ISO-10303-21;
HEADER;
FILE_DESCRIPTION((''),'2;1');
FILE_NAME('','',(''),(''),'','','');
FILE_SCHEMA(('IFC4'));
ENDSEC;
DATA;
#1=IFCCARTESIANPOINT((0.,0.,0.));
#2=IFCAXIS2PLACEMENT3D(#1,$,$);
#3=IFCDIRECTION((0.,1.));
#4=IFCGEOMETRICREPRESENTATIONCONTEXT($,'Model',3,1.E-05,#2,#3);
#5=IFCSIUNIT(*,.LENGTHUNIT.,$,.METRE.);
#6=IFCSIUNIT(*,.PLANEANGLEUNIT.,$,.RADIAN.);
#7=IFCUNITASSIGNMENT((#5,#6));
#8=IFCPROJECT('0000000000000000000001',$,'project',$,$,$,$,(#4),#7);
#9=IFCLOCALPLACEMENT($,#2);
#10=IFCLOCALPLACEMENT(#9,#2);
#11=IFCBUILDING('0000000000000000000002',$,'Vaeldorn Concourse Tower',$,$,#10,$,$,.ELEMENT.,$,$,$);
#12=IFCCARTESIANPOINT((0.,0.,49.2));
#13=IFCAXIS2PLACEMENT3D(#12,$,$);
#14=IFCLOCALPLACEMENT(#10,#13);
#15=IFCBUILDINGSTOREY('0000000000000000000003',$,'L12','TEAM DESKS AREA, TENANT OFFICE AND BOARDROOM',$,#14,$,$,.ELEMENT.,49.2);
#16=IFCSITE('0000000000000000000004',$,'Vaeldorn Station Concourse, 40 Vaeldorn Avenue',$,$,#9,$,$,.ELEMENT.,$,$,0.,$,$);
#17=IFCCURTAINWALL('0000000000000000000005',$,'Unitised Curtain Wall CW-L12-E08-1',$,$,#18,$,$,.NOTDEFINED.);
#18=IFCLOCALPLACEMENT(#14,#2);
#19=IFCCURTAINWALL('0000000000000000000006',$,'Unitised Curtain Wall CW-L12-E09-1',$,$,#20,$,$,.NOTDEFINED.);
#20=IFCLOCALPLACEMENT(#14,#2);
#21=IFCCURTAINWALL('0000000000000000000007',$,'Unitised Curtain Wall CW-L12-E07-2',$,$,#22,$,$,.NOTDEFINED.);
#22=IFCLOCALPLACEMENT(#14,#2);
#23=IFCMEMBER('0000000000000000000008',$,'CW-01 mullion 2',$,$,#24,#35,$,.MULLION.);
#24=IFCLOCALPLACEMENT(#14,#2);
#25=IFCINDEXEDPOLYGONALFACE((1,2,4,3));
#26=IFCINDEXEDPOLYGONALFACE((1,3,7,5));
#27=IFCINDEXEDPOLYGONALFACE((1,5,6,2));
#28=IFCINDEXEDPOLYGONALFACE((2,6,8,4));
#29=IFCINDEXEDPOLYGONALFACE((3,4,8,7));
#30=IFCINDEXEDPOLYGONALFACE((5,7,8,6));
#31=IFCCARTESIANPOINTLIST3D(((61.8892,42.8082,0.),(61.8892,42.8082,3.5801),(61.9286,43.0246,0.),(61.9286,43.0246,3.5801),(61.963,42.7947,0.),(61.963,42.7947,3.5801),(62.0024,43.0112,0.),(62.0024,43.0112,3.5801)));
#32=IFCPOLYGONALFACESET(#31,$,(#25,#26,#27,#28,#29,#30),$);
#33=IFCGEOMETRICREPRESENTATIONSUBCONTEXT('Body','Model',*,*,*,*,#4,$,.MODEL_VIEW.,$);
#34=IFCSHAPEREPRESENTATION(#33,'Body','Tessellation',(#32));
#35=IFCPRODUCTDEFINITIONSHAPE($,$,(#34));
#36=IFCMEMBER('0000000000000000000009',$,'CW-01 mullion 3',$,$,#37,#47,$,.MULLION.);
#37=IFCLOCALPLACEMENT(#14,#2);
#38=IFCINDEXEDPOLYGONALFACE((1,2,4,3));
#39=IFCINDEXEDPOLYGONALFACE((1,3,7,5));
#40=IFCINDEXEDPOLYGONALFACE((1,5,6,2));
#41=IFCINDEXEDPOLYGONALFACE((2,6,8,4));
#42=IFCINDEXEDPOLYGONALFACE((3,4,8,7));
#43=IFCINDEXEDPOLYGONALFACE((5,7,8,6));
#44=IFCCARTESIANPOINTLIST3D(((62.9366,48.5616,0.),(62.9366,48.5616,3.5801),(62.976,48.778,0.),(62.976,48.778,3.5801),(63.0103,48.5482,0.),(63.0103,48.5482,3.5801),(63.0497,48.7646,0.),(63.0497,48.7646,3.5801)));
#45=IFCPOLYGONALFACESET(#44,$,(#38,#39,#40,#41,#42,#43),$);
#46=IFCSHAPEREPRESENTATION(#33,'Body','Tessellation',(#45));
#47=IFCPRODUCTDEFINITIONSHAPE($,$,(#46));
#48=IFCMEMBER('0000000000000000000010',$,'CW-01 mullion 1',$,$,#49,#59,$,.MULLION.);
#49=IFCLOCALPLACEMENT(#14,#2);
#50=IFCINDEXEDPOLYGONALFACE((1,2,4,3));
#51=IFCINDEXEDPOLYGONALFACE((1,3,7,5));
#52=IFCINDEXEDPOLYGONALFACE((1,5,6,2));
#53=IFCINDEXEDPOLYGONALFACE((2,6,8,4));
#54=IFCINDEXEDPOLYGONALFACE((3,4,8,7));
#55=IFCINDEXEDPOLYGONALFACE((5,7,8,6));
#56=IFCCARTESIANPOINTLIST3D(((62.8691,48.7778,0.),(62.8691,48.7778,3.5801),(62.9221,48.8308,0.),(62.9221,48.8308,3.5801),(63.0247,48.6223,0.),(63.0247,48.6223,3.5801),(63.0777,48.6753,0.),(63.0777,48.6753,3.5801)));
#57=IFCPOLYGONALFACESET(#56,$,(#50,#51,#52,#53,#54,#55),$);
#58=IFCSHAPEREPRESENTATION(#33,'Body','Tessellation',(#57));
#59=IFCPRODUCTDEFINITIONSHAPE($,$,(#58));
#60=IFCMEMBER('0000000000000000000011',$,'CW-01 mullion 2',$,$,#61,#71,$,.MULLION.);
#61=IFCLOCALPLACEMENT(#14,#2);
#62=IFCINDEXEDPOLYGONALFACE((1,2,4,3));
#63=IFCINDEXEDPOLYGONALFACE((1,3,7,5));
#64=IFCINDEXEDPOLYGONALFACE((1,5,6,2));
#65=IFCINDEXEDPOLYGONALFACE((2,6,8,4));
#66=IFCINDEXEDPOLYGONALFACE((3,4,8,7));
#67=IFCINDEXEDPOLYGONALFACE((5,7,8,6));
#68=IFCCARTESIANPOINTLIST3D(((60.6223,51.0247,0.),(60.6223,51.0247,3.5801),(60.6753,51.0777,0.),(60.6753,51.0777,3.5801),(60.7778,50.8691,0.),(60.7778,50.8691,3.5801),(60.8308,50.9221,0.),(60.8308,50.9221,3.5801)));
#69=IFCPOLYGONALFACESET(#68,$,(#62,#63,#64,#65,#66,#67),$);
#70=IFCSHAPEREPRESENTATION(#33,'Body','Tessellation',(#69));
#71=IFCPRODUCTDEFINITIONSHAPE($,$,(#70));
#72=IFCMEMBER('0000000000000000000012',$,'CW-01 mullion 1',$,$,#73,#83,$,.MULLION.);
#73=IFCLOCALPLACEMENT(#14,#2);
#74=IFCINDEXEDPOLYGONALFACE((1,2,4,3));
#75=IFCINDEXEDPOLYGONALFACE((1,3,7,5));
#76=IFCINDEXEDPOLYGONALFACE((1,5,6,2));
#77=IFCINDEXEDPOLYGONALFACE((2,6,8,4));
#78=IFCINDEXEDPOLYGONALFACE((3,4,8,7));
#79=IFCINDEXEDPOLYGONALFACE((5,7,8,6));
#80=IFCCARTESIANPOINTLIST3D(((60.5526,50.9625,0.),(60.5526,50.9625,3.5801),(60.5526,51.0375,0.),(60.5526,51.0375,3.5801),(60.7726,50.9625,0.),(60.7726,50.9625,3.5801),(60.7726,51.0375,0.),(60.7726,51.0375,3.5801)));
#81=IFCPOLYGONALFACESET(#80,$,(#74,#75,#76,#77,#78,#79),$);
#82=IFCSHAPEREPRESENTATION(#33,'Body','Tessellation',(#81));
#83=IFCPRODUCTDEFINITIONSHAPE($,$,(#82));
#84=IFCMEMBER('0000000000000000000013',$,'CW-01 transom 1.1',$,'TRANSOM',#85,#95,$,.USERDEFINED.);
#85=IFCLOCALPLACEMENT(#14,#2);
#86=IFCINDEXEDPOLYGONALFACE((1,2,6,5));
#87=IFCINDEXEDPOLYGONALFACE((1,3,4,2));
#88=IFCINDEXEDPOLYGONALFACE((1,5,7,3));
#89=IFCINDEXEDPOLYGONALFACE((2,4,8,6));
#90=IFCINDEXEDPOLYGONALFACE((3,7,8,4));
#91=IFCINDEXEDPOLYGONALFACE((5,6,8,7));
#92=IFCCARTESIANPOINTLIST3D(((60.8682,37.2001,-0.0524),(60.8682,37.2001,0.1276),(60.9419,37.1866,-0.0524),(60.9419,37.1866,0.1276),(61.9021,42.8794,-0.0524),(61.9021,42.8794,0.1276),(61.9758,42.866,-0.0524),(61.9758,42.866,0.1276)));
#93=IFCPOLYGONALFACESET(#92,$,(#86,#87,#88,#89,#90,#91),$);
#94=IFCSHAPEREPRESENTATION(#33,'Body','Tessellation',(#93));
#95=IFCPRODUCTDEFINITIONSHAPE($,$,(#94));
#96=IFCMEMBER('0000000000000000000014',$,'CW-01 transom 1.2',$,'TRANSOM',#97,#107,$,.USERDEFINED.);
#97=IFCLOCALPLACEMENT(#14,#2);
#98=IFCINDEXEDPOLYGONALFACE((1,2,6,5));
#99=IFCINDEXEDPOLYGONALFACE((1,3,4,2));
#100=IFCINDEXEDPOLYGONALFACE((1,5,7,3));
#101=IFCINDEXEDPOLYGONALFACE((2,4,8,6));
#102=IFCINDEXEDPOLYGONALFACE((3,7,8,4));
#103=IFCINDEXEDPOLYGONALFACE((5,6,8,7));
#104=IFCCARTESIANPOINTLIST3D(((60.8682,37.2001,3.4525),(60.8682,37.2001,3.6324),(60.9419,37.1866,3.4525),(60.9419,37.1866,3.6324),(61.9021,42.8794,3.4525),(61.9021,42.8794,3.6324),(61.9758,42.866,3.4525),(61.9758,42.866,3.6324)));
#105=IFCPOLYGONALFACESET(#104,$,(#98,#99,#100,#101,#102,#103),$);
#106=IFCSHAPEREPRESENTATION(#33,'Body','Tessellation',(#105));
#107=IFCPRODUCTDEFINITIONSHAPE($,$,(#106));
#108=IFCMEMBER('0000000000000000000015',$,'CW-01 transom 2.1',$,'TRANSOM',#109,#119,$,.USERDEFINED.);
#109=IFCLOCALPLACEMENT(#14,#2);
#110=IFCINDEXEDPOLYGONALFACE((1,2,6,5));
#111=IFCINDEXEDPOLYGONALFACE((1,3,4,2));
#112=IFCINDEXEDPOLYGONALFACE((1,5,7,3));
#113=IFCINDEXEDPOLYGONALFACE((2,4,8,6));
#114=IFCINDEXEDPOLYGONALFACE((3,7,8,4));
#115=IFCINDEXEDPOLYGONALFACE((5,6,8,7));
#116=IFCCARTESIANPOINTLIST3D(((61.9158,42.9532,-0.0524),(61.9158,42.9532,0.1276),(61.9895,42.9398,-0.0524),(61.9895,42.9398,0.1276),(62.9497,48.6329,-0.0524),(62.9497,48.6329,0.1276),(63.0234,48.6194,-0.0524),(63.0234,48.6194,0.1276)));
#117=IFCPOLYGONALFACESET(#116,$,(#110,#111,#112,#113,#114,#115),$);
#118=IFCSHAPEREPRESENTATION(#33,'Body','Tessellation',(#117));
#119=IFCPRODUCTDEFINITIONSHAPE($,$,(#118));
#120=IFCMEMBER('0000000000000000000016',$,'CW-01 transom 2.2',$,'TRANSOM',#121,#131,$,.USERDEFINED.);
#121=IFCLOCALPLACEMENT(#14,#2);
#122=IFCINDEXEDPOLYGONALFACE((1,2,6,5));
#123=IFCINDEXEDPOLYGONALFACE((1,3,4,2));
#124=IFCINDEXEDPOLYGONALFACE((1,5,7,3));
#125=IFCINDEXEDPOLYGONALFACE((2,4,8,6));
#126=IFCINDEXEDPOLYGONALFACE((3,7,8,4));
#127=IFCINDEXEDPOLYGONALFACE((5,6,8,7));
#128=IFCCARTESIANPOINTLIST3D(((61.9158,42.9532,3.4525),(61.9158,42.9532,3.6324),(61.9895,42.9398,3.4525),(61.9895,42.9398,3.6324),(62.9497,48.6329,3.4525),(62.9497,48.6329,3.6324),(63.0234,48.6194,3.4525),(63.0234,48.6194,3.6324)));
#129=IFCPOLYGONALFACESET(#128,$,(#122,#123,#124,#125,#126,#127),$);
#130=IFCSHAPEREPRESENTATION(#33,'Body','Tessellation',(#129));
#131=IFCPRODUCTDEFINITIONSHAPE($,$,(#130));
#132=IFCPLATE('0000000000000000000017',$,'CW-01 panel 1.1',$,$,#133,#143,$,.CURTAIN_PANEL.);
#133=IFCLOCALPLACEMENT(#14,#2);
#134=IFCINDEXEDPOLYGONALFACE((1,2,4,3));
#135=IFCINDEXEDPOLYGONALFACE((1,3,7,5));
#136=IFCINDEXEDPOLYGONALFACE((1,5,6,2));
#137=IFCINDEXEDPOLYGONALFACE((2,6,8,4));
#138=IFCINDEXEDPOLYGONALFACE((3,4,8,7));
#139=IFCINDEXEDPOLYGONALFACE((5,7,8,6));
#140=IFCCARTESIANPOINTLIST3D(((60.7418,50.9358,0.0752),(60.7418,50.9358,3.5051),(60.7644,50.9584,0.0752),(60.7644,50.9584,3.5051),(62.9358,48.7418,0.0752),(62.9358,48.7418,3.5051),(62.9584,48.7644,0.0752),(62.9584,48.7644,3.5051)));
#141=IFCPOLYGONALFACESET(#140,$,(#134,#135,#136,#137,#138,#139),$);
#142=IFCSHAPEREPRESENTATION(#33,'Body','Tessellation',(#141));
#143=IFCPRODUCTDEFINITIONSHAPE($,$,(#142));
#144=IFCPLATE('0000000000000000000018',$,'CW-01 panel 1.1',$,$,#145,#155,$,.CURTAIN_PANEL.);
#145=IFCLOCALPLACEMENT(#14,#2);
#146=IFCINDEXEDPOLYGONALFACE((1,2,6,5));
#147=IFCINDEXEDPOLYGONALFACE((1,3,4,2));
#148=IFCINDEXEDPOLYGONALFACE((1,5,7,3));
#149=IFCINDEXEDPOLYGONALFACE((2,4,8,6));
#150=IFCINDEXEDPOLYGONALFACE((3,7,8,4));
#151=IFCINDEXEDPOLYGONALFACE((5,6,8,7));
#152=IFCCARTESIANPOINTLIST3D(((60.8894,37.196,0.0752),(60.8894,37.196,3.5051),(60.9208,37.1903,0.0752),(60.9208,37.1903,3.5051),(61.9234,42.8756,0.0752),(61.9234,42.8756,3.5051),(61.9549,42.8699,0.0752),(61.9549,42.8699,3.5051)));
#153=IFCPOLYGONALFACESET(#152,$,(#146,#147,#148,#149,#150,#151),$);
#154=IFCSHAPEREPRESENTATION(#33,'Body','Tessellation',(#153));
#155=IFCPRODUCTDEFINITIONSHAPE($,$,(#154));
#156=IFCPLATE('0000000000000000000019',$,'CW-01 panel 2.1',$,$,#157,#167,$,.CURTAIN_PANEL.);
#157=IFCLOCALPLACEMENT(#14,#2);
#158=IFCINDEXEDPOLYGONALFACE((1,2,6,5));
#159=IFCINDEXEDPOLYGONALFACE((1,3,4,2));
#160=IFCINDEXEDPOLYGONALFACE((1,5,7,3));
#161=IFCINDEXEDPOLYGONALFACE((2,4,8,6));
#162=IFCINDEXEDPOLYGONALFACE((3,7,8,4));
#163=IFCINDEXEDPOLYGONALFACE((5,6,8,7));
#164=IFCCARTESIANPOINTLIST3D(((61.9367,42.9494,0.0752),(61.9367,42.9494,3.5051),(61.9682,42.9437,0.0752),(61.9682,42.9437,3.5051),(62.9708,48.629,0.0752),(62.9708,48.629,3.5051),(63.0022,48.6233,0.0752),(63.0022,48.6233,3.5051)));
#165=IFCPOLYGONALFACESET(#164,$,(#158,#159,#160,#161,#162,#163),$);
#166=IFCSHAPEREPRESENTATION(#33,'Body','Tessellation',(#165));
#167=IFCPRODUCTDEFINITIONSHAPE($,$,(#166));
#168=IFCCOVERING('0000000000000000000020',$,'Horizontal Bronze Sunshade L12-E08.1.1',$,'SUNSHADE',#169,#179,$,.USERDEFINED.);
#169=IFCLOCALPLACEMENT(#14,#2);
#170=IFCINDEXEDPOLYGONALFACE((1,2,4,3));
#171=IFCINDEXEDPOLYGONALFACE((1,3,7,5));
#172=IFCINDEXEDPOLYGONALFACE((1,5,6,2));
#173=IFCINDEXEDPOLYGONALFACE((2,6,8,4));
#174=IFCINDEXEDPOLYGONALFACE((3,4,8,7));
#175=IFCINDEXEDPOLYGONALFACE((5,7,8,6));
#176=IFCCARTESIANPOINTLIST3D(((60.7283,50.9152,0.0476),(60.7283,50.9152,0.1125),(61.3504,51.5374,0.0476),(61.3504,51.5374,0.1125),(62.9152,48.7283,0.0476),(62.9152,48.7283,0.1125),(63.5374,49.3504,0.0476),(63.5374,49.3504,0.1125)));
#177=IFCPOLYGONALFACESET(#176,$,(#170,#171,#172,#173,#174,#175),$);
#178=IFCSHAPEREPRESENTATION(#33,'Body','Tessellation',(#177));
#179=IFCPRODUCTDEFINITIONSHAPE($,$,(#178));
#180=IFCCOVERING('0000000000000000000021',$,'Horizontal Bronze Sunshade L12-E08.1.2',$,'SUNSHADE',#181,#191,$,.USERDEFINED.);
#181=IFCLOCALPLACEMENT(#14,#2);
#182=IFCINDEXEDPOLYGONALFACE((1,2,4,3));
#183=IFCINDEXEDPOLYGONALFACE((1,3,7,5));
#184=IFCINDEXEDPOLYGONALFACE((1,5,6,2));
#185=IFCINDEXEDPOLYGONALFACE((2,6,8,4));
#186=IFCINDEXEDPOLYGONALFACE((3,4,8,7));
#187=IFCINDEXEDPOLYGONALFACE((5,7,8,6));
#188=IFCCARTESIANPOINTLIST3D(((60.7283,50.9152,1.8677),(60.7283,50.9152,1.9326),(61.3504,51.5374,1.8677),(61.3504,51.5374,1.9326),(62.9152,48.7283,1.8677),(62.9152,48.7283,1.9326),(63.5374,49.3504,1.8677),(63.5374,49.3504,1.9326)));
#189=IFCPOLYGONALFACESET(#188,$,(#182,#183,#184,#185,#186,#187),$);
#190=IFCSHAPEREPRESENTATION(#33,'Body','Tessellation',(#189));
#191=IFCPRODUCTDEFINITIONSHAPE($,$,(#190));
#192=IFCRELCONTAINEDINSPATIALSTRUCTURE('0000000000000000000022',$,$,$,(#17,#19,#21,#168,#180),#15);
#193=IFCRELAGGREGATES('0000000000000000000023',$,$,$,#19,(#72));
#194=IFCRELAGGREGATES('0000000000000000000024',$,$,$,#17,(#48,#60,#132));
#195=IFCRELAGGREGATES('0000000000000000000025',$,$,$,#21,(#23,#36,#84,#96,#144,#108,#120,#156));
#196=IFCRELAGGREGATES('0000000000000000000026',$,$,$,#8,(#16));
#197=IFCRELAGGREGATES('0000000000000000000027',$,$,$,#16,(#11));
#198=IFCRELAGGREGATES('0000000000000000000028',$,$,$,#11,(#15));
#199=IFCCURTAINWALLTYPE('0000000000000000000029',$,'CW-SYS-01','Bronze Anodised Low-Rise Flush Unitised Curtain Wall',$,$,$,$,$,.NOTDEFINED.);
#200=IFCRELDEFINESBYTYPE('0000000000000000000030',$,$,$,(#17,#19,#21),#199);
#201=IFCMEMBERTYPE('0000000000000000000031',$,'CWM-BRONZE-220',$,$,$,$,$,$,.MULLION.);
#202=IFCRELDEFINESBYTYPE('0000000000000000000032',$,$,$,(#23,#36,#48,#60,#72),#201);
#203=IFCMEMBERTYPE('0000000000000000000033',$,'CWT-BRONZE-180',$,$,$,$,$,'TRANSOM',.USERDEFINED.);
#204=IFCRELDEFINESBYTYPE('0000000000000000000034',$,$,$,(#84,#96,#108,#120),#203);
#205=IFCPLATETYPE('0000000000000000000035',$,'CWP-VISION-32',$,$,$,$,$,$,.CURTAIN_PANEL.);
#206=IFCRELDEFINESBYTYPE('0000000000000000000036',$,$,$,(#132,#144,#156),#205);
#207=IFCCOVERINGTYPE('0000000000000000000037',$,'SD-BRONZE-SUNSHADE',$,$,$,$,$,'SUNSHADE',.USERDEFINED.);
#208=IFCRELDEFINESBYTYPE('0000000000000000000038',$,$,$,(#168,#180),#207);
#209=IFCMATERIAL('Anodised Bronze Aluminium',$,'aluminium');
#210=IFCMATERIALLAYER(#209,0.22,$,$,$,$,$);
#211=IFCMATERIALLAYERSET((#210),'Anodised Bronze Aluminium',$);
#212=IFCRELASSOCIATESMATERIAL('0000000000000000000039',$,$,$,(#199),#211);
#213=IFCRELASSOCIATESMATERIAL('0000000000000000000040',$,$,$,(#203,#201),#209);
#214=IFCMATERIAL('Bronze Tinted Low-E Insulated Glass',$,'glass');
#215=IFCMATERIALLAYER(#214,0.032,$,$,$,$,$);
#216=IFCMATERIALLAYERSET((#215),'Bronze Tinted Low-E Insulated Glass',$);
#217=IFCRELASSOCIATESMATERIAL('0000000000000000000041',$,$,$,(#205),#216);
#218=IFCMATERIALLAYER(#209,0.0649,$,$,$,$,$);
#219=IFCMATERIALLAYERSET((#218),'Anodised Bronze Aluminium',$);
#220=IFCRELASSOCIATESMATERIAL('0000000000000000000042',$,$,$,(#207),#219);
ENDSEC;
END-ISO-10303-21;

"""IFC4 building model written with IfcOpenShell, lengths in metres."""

from ifc_helpers import new_model, si_unit, direction, frame, origin, origin_2d, place, context, subcontext, project, spatial, rectangle, extrude, source, transform, mapped, material, layer, layer_set, material_profile, profile_set, type_object, element, aggregate, save


model = new_model("IFC4")

# Units and contexts
model_context = context("Model", 3, precision=1e-05, world=origin(), true_north=direction((0.0, 1.0)))
body_context = subcontext(model_context, "Body", "Model", "MODEL_VIEW")
ifc_project = project(units=[si_unit("LENGTHUNIT", "METRE"), si_unit("PLANEANGLEUNIT", "RADIAN")], contexts=[model_context])

# Site, building, storey
site_placement = place(None, origin())
site = spatial("IfcSite", under=ifc_project, at=site_placement, Name="Vaeldorn Station Concourse, 40 Vaeldorn Avenue", CompositionType="ELEMENT", RefElevation=0.0)
building_placement = place(site_placement, origin())
building = spatial("IfcBuilding", under=site, at=building_placement, Name="Vaeldorn Concourse Tower", CompositionType="ELEMENT")
storey_placement = place(building_placement, frame((0.0, 0.0, 49.2)))
storey = spatial("IfcBuildingStorey", under=building, at=storey_placement, Name="L12", Description="TEAM DESKS AREA, TENANT OFFICE AND BOARDROOM", CompositionType="ELEMENT", Elevation=49.2)

# Curtain walls
ifc_material_1 = material(Name="Anodised Bronze Aluminium", Category="aluminium")
ifc_layer_1 = layer(ifc_material_1, 0.22)
ifc_layer_set_1 = layer_set([ifc_layer_1], Name="Anodised Bronze Aluminium")
curtain_wall_type = type_object("IfcCurtainWallType", Name="CW-SYS-01", Description="Bronze Anodised Low-Rise Flush Unitised Curtain Wall", PredefinedType="NOTDEFINED", material=ifc_layer_set_1)
curtain_wall_1_placement = place(storey_placement, origin())
curtain_wall_1 = element("IfcCurtainWall", 1, at=curtain_wall_1_placement, inside=storey, type_object=curtain_wall_type, Name="Unitised Curtain Wall CW-L12-E08-1", PredefinedType="NOTDEFINED")
ifc_material_profile_1 = material_profile(ifc_material_1, rectangle(XDim=0.075, YDim=0.1799, at=origin_2d()), Name="CWT 75x180")
ifc_profile_set_1 = profile_set([ifc_material_profile_1], Name="Anodised Bronze Aluminium")
member_type_1 = type_object("IfcMemberType", Name="CWT-BRONZE-180", ElementType="TRANSOM", PredefinedType="USERDEFINED", material=ifc_profile_set_1)
curtain_wall_2_placement = place(storey_placement, origin())
curtain_wall_2 = element("IfcCurtainWall", 2, at=curtain_wall_2_placement, inside=storey, type_object=curtain_wall_type, Name="Unitised Curtain Wall CW-L12-E09-1", PredefinedType="NOTDEFINED")

# Shared definitions
ifc_material_profile_2 = material_profile(ifc_material_1, rectangle(XDim=0.075, YDim=0.22, at=origin_2d()), Name="CWM 75x220")
ifc_profile_set_2 = profile_set([ifc_material_profile_2], Name="Anodised Bronze Aluminium")
member_type_2 = type_object("IfcMemberType", Name="CWM-BRONZE-220", PredefinedType="MULLION", material=ifc_profile_set_2)
shared_shape_1 = source(origin(), body_context, "Body", "SweptSolid", [
    extrude(rectangle(XDim=0.075, YDim=0.22, at=origin_2d()), origin(), (0.0, 0.0, 1.0), 3.5801),
])

# Curtain wall, members
curtain_wall_3_placement = place(storey_placement, origin())
curtain_wall_3 = element("IfcCurtainWall", 3, at=curtain_wall_3_placement, inside=storey, type_object=curtain_wall_type, Name="Unitised Curtain Wall CW-L12-E07-2", PredefinedType="NOTDEFINED")
member_1_placement = place(storey_placement, frame((61.9458, 42.9097, 0.0), z_axis=(0.0, 0.0, 1.0), x_axis=(-0.983827, 0.17912, 0.0)))
member_1 = element("IfcMember", 4, at=member_1_placement, type_object=member_type_2, Name="CW-01 mullion 2", PredefinedType="MULLION", context=body_context, shape_type="MappedRepresentation", body=[
    mapped(shared_shape_1, transform((0.0, 0.0, 0.0), scale=1.0)),
])
member_2_placement = place(storey_placement, frame((62.9932, 48.6631, 0.0), z_axis=(0.0, 0.0, 1.0), x_axis=(-0.983827, 0.17912, 0.0)))
member_2 = element("IfcMember", 5, at=member_2_placement, type_object=member_type_2, Name="CW-01 mullion 3", PredefinedType="MULLION", context=body_context, shape_type="MappedRepresentation", body=[
    mapped(shared_shape_1, transform((0.0, 0.0, 0.0), scale=1.0)),
])

# Members
member_3_placement = place(storey_placement, frame((62.9734, 48.7266, 0.0), z_axis=(0.0, 0.0, 1.0), x_axis=(-0.707107, -0.707107, 0.0)))
member_3 = element("IfcMember", 6, at=member_3_placement, type_object=member_type_2, Name="CW-01 mullion 1", PredefinedType="MULLION", context=body_context, shape_type="MappedRepresentation", body=[
    mapped(shared_shape_1, transform((0.0, 0.0, 0.0), scale=1.0)),
])
member_4_placement = place(storey_placement, frame((60.7266, 50.9734, 0.0), z_axis=(0.0, 0.0, 1.0), x_axis=(-0.707107, -0.707107, 0.0)))
member_4 = element("IfcMember", 7, at=member_4_placement, type_object=member_type_2, Name="CW-01 mullion 2", PredefinedType="MULLION", context=body_context, shape_type="MappedRepresentation", body=[
    mapped(shared_shape_1, transform((0.0, 0.0, 0.0), scale=1.0)),
])
member_5_placement = place(storey_placement, frame((60.6626, 51.0, 0.0), z_axis=(0.0, 0.0, 1.0), x_axis=(0.0, -1.0, 0.0)))
member_5 = element("IfcMember", 8, at=member_5_placement, type_object=member_type_2, Name="CW-01 mullion 1", PredefinedType="MULLION", context=body_context, shape_type="MappedRepresentation", body=[
    mapped(shared_shape_1, transform((0.0, 0.0, 0.0), scale=1.0)),
])
aggregate(curtain_wall_2, [member_5])
shared_shape_2 = source(origin(), body_context, "Body", "SweptSolid", [
    extrude(rectangle(XDim=0.075, YDim=0.1799, at=origin_2d()), origin(), (0.0, 0.0, 1.0), 5.7727),
])
member_6_placement = place(storey_placement, frame((60.905, 37.1934, 0.0376), z_axis=(0.179105, 0.98383, 0.0), x_axis=(-0.98383, 0.179105, 0.0)))
member_6 = element("IfcMember", 9, at=member_6_placement, type_object=member_type_1, Name="CW-01 transom 1.1", ObjectType="TRANSOM", PredefinedType="USERDEFINED", context=body_context, shape_type="MappedRepresentation", body=[
    mapped(shared_shape_2, transform((0.0, 0.0, 0.0), scale=1.0)),
])
member_7_placement = place(storey_placement, frame((60.905, 37.1934, 3.5425), z_axis=(0.179105, 0.98383, 0.0), x_axis=(-0.98383, 0.179105, 0.0)))
member_7 = element("IfcMember", 10, at=member_7_placement, type_object=member_type_1, Name="CW-01 transom 1.2", ObjectType="TRANSOM", PredefinedType="USERDEFINED", context=body_context, shape_type="MappedRepresentation", body=[
    mapped(shared_shape_2, transform((0.0, 0.0, 0.0), scale=1.0)),
])
shared_shape_3 = source(origin(), body_context, "Body", "SweptSolid", [
    extrude(rectangle(XDim=0.075, YDim=0.1799, at=origin_2d()), origin(), (0.0, 0.0, 1.0), 5.7729),
])
member_8_placement = place(storey_placement, frame((61.9526, 42.9465, 0.0376), z_axis=(0.179098, 0.983831, 0.0), x_axis=(-0.983831, 0.179098, 0.0)))
member_8 = element("IfcMember", 11, at=member_8_placement, type_object=member_type_1, Name="CW-01 transom 2.1", ObjectType="TRANSOM", PredefinedType="USERDEFINED", context=body_context, shape_type="MappedRepresentation", body=[
    mapped(shared_shape_3, transform((0.0, 0.0, 0.0), scale=1.0)),
])
member_9_placement = place(storey_placement, frame((61.9526, 42.9465, 3.5425), z_axis=(0.179098, 0.983831, 0.0), x_axis=(-0.983831, 0.179098, 0.0)))
member_9 = element("IfcMember", 12, at=member_9_placement, type_object=member_type_1, Name="CW-01 transom 2.2", ObjectType="TRANSOM", PredefinedType="USERDEFINED", context=body_context, shape_type="MappedRepresentation", body=[
    mapped(shared_shape_3, transform((0.0, 0.0, 0.0), scale=1.0)),
])

# Plates
ifc_material_2 = material(Name="Bronze Tinted Low-E Insulated Glass", Category="glass")
ifc_layer_2 = layer(ifc_material_2, 0.032)
ifc_layer_set_2 = layer_set([ifc_layer_2], Name="Bronze Tinted Low-E Insulated Glass")
plate_type = type_object("IfcPlateType", Name="CWP-VISION-32", PredefinedType="CURTAIN_PANEL", material=ifc_layer_set_2)
shared_shape_4 = source(origin(), body_context, "Body", "SweptSolid", [
    extrude(rectangle(XDim=3.1028, YDim=0.032, at=origin_2d()), origin(), (0.0, 0.0, 1.0), 3.4299),
])
plate_1_placement = place(storey_placement, frame((61.8501, 49.8501, 0.0752), z_axis=(0.0, 0.0, 1.0), x_axis=(-0.707107, 0.707107, 0.0)))
plate_1 = element("IfcPlate", 13, at=plate_1_placement, type_object=plate_type, Name="CW-01 panel 1.1", PredefinedType="CURTAIN_PANEL", context=body_context, shape_type="MappedRepresentation", body=[
    mapped(shared_shape_4, transform((0.0, 0.0, 0.0), scale=1.0)),
])
aggregate(curtain_wall_1, [member_3, member_4, plate_1])
shared_shape_5 = source(origin(), body_context, "Body", "SweptSolid", [
    extrude(rectangle(XDim=5.7729, YDim=0.032, at=origin_2d()), origin(), (0.0, 0.0, 1.0), 3.4299),
])
plate_2_placement = place(storey_placement, frame((61.4221, 40.033, 0.0752), z_axis=(0.0, 0.0, 1.0), x_axis=(0.17912, 0.983827, 0.0)))
plate_2 = element("IfcPlate", 14, at=plate_2_placement, type_object=plate_type, Name="CW-01 panel 1.1", PredefinedType="CURTAIN_PANEL", context=body_context, shape_type="MappedRepresentation", body=[
    mapped(shared_shape_5, transform((0.0, 0.0, 0.0), scale=1.0)),
])
plate_3_placement = place(storey_placement, frame((62.4695, 45.7864, 0.0752), z_axis=(0.0, 0.0, 1.0), x_axis=(0.17912, 0.983827, 0.0)))
plate_3 = element("IfcPlate", 15, at=plate_3_placement, type_object=plate_type, Name="CW-01 panel 2.1", PredefinedType="CURTAIN_PANEL", context=body_context, shape_type="MappedRepresentation", body=[
    mapped(shared_shape_5, transform((0.0, 0.0, 0.0), scale=1.0)),
])
aggregate(curtain_wall_3, [member_1, member_2, member_6, member_7, plate_2, member_8, member_9, plate_3])

# Coverings
ifc_layer_3 = layer(ifc_material_1, 0.0649)
ifc_layer_set_3 = layer_set([ifc_layer_3], Name="Anodised Bronze Aluminium")
covering_type = type_object("IfcCoveringType", Name="SD-BRONZE-SUNSHADE", ElementType="SUNSHADE", PredefinedType="USERDEFINED", material=ifc_layer_set_3)
shared_shape_6 = source(origin(), body_context, "Body", "SweptSolid", [
    extrude(rectangle(XDim=3.0928, YDim=0.8799, at=origin_2d()), origin(), (0.0, 0.0, 1.0), 0.0649),
])
for number, where, z_axis, x_axis, name in (
    (16, (62.1328, 50.1328, 0.0476), (0.0, 0.0, 1.0), (-0.707107, 0.707107, 0.0), "Horizontal Bronze Sunshade L12-E08.1.1"),
    (17, (62.1328, 50.1328, 1.8677), (0.0, 0.0, 1.0), (-0.707107, 0.707107, 0.0), "Horizontal Bronze Sunshade L12-E08.1.2"),
):
    element("IfcCovering", number, at=place(storey_placement, frame(where, z_axis=z_axis, x_axis=x_axis)), inside=storey, type_object=covering_type, Name=name, ObjectType="SUNSHADE", PredefinedType="USERDEFINED", context=body_context, shape_type="MappedRepresentation", body=[
        mapped(shared_shape_6, transform((0.0, 0.0, 0.0), scale=1.0)),
    ])

save(model, "model.ifc")
